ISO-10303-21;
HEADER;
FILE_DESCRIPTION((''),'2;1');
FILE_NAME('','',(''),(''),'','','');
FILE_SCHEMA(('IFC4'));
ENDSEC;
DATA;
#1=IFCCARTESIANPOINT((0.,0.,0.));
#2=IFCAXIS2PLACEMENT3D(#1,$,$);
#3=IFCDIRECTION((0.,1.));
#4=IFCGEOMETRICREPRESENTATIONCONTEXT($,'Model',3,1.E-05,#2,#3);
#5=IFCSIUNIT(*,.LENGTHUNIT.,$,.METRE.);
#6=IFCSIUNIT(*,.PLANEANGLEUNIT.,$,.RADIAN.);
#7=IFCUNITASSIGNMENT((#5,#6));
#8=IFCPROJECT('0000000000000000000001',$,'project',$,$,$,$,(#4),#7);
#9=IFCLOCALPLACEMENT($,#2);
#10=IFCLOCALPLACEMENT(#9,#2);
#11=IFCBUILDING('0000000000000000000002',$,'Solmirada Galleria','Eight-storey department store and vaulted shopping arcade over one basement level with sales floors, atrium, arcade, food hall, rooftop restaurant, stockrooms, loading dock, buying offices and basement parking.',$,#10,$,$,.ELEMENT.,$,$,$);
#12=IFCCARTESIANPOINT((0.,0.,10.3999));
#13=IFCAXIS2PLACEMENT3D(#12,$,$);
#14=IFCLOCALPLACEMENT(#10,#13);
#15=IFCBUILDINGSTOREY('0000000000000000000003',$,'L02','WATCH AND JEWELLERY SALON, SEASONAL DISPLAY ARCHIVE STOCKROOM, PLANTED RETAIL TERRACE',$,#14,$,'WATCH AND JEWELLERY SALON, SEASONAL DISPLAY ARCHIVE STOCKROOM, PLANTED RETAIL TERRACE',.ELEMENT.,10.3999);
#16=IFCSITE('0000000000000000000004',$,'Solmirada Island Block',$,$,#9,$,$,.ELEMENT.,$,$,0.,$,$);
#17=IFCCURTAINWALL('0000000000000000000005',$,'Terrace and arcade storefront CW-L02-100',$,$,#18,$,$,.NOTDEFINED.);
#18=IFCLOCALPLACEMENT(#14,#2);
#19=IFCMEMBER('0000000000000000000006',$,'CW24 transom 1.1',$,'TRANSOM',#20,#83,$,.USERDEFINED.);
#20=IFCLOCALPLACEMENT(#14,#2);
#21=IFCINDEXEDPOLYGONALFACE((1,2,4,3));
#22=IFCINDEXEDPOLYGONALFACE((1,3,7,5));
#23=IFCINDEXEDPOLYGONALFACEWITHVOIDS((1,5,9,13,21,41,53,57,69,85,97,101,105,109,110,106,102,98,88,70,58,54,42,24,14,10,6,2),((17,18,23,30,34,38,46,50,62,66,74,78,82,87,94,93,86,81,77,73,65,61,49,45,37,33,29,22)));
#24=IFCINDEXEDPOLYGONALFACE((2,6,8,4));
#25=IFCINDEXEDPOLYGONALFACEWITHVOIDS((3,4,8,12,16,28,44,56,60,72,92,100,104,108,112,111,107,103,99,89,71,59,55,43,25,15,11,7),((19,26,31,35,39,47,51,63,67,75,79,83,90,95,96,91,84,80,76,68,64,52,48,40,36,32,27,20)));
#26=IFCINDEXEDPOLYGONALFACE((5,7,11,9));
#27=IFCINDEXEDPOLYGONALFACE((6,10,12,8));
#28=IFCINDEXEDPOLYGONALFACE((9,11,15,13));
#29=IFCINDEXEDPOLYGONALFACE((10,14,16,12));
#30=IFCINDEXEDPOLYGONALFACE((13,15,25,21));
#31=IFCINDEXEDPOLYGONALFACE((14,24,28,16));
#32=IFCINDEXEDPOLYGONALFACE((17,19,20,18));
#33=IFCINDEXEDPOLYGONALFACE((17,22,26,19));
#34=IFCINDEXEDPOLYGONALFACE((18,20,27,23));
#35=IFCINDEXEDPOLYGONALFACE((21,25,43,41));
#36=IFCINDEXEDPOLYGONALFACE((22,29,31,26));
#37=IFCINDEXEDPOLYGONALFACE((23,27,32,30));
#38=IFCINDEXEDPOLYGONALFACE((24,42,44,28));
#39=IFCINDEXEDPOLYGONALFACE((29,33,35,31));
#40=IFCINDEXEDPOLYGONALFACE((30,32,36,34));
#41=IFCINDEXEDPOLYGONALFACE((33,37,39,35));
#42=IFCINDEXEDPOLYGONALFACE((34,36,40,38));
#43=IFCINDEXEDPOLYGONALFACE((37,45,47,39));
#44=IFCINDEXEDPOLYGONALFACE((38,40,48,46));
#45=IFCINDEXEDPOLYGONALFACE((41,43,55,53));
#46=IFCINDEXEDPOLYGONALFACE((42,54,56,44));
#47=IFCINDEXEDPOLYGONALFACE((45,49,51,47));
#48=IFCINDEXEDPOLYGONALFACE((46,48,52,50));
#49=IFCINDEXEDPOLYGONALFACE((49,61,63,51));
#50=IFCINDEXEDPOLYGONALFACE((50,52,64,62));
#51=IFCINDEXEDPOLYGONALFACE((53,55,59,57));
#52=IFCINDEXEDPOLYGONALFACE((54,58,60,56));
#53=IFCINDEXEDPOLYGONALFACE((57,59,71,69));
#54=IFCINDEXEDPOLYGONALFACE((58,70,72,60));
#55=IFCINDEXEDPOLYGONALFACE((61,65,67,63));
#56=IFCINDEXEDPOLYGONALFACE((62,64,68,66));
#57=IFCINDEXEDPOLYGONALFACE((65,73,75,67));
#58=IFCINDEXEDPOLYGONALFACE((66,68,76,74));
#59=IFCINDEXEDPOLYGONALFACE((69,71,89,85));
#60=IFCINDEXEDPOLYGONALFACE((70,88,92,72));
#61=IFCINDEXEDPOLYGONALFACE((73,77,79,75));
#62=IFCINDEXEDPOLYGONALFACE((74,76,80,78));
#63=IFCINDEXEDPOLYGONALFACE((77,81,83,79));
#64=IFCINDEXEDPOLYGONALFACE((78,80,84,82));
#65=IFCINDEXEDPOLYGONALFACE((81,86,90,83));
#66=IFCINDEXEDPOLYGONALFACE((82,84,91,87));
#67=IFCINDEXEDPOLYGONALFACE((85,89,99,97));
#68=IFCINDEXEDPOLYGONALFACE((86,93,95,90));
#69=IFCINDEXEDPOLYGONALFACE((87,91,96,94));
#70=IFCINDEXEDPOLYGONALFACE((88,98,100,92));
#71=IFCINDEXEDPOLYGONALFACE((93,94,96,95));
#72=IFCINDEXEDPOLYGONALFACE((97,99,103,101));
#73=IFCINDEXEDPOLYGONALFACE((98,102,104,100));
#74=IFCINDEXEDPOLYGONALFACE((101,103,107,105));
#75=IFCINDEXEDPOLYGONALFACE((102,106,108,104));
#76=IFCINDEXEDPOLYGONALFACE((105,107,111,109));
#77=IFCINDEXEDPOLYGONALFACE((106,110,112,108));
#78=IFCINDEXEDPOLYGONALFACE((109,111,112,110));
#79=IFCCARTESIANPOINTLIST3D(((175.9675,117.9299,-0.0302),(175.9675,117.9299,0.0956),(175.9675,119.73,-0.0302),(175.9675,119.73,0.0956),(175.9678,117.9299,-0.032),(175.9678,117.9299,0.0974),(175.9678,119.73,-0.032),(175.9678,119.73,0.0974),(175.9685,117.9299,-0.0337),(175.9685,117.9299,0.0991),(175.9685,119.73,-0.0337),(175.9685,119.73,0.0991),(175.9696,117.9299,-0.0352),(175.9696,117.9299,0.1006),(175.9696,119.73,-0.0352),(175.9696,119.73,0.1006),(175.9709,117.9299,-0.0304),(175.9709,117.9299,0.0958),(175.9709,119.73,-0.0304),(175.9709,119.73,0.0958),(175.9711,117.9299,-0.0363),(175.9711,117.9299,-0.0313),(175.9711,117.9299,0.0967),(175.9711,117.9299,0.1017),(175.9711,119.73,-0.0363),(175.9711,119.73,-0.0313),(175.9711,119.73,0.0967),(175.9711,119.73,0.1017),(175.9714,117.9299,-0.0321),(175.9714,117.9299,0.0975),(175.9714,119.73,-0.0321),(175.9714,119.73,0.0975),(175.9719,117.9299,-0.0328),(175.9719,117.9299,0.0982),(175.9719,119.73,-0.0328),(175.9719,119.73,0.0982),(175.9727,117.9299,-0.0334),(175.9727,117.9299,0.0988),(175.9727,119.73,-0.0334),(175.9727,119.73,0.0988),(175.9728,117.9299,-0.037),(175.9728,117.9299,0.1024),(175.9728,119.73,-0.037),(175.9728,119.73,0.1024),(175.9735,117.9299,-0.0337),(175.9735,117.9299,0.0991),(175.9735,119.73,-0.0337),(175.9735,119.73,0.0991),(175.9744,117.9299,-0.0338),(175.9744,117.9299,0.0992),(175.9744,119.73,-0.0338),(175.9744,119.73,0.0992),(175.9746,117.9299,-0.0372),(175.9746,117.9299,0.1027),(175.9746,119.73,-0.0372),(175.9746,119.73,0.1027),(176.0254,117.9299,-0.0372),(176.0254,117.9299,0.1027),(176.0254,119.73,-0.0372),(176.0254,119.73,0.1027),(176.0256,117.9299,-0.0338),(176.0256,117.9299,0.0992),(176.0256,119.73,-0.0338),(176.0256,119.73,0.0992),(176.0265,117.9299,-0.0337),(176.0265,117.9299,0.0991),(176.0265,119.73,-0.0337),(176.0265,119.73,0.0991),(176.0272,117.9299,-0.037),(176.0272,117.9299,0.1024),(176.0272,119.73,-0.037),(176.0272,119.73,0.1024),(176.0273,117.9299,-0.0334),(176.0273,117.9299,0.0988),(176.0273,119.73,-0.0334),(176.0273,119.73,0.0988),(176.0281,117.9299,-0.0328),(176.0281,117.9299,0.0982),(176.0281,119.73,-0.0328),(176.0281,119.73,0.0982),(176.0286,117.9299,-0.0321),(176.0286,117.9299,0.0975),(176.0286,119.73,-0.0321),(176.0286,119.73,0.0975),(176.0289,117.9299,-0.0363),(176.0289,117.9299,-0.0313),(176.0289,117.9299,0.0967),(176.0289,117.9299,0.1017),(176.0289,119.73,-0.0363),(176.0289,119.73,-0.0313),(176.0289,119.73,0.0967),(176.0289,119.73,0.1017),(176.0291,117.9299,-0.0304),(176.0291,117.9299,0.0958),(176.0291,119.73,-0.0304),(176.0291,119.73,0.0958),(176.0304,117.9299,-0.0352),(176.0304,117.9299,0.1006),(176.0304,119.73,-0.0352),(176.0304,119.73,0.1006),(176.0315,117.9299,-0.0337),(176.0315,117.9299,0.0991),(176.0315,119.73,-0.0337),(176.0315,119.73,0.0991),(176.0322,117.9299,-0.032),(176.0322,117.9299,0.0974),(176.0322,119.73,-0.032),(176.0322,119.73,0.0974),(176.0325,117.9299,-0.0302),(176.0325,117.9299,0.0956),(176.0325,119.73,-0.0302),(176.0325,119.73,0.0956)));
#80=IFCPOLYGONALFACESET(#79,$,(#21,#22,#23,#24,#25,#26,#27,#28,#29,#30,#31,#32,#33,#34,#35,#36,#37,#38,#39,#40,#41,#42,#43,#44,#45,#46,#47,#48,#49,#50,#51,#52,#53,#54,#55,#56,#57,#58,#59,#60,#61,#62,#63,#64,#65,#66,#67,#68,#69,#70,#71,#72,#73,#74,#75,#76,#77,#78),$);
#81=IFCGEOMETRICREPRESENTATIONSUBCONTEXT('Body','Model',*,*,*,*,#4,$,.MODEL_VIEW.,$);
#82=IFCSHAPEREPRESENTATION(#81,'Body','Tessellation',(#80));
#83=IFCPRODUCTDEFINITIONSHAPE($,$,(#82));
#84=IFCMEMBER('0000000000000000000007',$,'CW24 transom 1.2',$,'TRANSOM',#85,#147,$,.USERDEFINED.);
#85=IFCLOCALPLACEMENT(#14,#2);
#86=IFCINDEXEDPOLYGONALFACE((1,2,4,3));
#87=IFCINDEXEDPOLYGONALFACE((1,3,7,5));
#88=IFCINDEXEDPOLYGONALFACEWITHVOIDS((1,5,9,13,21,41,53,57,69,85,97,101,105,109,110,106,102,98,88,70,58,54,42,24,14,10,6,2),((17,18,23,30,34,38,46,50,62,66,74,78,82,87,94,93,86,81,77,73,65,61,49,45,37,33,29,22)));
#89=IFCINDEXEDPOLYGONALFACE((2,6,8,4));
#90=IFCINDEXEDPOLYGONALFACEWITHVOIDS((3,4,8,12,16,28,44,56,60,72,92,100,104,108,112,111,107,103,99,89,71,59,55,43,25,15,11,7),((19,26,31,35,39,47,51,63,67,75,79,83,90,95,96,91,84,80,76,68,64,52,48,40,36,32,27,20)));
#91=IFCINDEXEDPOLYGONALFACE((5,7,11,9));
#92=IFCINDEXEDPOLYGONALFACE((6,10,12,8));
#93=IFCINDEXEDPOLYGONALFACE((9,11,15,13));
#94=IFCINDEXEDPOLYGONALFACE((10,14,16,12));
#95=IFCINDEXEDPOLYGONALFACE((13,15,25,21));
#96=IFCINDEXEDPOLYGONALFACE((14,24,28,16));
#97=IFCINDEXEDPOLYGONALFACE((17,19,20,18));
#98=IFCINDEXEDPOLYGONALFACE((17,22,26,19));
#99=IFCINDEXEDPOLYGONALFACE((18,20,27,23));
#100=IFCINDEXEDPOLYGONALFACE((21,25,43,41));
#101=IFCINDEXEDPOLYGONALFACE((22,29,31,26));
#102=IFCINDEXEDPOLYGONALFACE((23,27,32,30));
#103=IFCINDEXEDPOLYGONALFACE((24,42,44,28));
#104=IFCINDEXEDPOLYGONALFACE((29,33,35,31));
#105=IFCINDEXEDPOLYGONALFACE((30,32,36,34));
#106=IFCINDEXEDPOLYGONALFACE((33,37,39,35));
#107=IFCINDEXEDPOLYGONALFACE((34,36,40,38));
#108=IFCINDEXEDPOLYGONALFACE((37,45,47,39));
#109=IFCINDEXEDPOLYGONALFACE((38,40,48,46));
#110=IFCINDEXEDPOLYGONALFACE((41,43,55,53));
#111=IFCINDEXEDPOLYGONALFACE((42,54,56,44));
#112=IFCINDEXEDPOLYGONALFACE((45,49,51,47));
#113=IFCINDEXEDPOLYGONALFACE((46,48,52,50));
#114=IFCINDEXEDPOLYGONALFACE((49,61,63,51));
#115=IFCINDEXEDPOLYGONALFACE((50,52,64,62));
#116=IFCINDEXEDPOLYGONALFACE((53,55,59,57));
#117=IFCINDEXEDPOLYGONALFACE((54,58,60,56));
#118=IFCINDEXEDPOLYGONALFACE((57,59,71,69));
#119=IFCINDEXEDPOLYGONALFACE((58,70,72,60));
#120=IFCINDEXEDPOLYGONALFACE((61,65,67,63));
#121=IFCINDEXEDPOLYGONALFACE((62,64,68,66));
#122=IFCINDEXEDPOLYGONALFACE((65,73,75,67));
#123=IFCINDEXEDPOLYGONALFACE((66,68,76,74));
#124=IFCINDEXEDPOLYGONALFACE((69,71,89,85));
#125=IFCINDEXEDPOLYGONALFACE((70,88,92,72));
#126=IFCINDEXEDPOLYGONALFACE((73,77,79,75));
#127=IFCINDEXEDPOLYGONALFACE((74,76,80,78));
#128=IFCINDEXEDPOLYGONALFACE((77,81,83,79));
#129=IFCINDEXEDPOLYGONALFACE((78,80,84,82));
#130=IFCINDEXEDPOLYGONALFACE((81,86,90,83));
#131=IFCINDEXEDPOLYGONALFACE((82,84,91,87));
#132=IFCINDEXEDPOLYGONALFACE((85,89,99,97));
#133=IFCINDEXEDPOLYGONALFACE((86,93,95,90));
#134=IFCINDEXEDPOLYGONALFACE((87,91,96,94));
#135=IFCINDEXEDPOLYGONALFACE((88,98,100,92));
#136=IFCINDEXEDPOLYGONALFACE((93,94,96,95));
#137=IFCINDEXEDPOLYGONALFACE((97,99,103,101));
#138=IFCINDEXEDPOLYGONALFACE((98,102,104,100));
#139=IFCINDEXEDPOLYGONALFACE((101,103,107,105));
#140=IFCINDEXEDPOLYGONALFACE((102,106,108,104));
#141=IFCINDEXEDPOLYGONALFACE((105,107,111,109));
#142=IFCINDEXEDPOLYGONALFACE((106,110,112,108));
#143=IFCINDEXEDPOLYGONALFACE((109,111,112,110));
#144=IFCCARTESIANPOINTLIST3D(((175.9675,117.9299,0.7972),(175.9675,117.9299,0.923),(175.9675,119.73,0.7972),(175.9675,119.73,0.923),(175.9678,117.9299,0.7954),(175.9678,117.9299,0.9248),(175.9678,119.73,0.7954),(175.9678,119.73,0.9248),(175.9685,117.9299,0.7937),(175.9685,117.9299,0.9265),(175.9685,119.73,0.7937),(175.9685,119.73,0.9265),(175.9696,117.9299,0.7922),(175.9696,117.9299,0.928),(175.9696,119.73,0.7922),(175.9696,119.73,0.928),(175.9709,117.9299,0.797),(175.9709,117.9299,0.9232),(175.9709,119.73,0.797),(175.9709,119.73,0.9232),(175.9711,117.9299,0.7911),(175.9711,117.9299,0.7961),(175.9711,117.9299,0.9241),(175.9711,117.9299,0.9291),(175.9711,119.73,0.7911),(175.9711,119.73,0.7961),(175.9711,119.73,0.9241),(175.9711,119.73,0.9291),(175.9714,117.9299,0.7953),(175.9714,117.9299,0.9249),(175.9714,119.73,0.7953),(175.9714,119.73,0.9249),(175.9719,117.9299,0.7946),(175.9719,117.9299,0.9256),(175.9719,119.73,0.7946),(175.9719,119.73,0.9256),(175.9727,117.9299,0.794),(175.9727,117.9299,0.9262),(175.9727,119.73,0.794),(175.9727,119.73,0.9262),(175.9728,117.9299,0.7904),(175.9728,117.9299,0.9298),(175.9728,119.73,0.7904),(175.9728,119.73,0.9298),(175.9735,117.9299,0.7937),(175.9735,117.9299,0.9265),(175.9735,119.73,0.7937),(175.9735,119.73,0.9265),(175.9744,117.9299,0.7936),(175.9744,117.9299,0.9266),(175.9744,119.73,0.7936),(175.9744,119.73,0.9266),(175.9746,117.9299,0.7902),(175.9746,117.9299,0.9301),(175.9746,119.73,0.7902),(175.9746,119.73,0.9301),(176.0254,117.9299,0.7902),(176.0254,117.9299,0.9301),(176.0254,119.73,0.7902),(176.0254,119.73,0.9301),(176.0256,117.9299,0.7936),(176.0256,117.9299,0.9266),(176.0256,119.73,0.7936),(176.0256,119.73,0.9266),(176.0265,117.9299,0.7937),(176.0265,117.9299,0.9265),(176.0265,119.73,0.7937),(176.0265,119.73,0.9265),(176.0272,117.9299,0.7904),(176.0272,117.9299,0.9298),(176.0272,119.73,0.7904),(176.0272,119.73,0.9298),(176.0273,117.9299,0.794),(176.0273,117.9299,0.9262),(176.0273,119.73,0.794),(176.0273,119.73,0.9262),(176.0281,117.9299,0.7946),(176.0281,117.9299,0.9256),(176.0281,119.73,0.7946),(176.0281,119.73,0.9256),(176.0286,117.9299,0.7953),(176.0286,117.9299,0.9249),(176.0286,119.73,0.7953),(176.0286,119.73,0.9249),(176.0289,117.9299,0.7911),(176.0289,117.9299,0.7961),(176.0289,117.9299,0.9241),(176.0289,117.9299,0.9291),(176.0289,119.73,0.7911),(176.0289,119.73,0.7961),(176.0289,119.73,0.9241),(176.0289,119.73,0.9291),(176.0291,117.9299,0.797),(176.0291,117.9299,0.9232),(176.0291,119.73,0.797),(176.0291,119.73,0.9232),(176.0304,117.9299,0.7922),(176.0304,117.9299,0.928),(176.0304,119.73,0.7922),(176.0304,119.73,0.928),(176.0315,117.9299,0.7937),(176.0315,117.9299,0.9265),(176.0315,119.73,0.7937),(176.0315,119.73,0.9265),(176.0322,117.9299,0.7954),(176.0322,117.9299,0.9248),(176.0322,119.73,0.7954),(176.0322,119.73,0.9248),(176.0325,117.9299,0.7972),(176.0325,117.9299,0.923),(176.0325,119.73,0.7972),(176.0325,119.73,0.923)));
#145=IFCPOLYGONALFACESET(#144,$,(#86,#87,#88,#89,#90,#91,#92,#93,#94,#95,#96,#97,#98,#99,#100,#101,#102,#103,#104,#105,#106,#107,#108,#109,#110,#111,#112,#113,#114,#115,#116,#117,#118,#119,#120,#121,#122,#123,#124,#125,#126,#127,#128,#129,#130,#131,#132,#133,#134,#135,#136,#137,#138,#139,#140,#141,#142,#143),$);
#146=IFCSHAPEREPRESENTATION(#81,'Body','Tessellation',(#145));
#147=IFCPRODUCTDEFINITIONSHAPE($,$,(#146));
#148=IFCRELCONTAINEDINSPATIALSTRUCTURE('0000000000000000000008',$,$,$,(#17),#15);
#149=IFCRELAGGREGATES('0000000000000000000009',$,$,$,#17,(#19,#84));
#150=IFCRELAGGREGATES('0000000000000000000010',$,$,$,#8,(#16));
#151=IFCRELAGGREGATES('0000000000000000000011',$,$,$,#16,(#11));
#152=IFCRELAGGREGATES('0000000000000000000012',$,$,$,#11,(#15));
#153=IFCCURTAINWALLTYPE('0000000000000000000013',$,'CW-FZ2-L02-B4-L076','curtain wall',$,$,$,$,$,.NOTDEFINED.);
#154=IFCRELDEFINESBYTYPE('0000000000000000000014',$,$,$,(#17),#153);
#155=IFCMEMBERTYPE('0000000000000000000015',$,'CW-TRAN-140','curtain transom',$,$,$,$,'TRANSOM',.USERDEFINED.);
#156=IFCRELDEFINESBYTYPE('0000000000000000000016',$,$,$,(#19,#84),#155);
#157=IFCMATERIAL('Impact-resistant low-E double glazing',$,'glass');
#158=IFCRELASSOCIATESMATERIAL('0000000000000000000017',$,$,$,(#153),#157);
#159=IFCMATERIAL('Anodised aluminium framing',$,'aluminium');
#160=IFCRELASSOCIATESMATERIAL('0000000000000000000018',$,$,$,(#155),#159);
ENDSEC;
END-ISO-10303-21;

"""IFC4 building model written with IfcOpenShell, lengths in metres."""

from ifc_helpers import new_model, si_unit, direction, frame, origin, origin_2d, place, context, subcontext, project, spatial, hollow_rectangle, extrude, material, material_profile, profile_set, type_object, element, aggregate, save


model = new_model("IFC4")

# Units and contexts
model_context = context("Model", 3, precision=1e-05, world=origin(), true_north=direction((0.0, 1.0)))
body_context = subcontext(model_context, "Body", "Model", "MODEL_VIEW")
ifc_project = project(units=[si_unit("LENGTHUNIT", "METRE"), si_unit("PLANEANGLEUNIT", "RADIAN")], contexts=[model_context])

# Site, building, storey
site_placement = place(None, origin())
site = spatial("IfcSite", under=ifc_project, at=site_placement, Name="Solmirada Island Block", CompositionType="ELEMENT", RefElevation=0.0)
building_placement = place(site_placement, origin())
building = spatial("IfcBuilding", under=site, at=building_placement, Name="Solmirada Galleria", Description="Eight-storey department store and vaulted shopping arcade over one basement level with sales floors, atrium, arcade, food hall, rooftop restaurant, stockrooms, loading dock, buying offices and basement parking.", CompositionType="ELEMENT")
storey_placement = place(building_placement, frame((0.0, 0.0, 10.3999)))
storey = spatial("IfcBuildingStorey", under=building, at=storey_placement, Name="L02", Description="WATCH AND JEWELLERY SALON, SEASONAL DISPLAY ARCHIVE STOCKROOM, PLANTED RETAIL TERRACE", LongName="WATCH AND JEWELLERY SALON, SEASONAL DISPLAY ARCHIVE STOCKROOM, PLANTED RETAIL TERRACE", CompositionType="ELEMENT", Elevation=10.3999)

# Curtain wall, members
ifc_material_1 = material(Name="Impact-resistant low-E double glazing", Category="glass")
curtain_wall_type = type_object("IfcCurtainWallType", Name="CW-FZ2-L02-B4-L076", Description="curtain wall", PredefinedType="NOTDEFINED", material=ifc_material_1)
curtain_wall_placement = place(storey_placement, origin())
curtain_wall = element("IfcCurtainWall", 1, at=curtain_wall_placement, inside=storey, type_object=curtain_wall_type, Name="Terrace and arcade storefront CW-L02-100", PredefinedType="NOTDEFINED")
ifc_material_2 = material(Name="Anodised aluminium framing", Category="aluminium")
ifc_material_profile_1 = material_profile(ifc_material_2, hollow_rectangle(XDim=0.0649, YDim=0.1399, WallThickness=0.0034, InnerFilletRadius=0.0034, OuterFilletRadius=0.0071, at=origin_2d()), Name="ALU-TRAN-140X65")
ifc_profile_set_1 = profile_set([ifc_material_profile_1], Name="Anodised aluminium framing")
member_type_1 = type_object("IfcMemberType", Name="CW-TRAN-140", Description="curtain transom", ElementType="TRANSOM", PredefinedType="USERDEFINED", material=ifc_profile_set_1)
member_1_placement = place(storey_placement, frame((176.0, 119.73, 0.0327), z_axis=(0.0, -1.0, 0.0), x_axis=(1.0, 0.0, 0.0)))
member_1 = element("IfcMember", 2, at=member_1_placement, type_object=member_type_1, Name="CW24 transom 1.1", ObjectType="TRANSOM", PredefinedType="USERDEFINED", context=body_context, shape_type="SweptSolid", body=[
    extrude(hollow_rectangle(XDim=0.0649, YDim=0.1399, WallThickness=0.0034, InnerFilletRadius=0.0034, OuterFilletRadius=0.0071, at=origin_2d()), origin(), (0.0, 0.0, 1.0), 1.8),
])
member_2_placement = place(storey_placement, frame((176.0, 119.73, 0.8601), z_axis=(0.0, -1.0, 0.0), x_axis=(1.0, 0.0, 0.0)))
member_2 = element("IfcMember", 3, at=member_2_placement, type_object=member_type_1, Name="CW24 transom 1.2", ObjectType="TRANSOM", PredefinedType="USERDEFINED", context=body_context, shape_type="SweptSolid", body=[
    extrude(hollow_rectangle(XDim=0.0649, YDim=0.1399, WallThickness=0.0034, InnerFilletRadius=0.0034, OuterFilletRadius=0.0071, at=origin_2d()), origin(), (0.0, 0.0, 1.0), 1.8),
])
aggregate(curtain_wall, [member_1, member_2])

save(model, "model.ifc")
